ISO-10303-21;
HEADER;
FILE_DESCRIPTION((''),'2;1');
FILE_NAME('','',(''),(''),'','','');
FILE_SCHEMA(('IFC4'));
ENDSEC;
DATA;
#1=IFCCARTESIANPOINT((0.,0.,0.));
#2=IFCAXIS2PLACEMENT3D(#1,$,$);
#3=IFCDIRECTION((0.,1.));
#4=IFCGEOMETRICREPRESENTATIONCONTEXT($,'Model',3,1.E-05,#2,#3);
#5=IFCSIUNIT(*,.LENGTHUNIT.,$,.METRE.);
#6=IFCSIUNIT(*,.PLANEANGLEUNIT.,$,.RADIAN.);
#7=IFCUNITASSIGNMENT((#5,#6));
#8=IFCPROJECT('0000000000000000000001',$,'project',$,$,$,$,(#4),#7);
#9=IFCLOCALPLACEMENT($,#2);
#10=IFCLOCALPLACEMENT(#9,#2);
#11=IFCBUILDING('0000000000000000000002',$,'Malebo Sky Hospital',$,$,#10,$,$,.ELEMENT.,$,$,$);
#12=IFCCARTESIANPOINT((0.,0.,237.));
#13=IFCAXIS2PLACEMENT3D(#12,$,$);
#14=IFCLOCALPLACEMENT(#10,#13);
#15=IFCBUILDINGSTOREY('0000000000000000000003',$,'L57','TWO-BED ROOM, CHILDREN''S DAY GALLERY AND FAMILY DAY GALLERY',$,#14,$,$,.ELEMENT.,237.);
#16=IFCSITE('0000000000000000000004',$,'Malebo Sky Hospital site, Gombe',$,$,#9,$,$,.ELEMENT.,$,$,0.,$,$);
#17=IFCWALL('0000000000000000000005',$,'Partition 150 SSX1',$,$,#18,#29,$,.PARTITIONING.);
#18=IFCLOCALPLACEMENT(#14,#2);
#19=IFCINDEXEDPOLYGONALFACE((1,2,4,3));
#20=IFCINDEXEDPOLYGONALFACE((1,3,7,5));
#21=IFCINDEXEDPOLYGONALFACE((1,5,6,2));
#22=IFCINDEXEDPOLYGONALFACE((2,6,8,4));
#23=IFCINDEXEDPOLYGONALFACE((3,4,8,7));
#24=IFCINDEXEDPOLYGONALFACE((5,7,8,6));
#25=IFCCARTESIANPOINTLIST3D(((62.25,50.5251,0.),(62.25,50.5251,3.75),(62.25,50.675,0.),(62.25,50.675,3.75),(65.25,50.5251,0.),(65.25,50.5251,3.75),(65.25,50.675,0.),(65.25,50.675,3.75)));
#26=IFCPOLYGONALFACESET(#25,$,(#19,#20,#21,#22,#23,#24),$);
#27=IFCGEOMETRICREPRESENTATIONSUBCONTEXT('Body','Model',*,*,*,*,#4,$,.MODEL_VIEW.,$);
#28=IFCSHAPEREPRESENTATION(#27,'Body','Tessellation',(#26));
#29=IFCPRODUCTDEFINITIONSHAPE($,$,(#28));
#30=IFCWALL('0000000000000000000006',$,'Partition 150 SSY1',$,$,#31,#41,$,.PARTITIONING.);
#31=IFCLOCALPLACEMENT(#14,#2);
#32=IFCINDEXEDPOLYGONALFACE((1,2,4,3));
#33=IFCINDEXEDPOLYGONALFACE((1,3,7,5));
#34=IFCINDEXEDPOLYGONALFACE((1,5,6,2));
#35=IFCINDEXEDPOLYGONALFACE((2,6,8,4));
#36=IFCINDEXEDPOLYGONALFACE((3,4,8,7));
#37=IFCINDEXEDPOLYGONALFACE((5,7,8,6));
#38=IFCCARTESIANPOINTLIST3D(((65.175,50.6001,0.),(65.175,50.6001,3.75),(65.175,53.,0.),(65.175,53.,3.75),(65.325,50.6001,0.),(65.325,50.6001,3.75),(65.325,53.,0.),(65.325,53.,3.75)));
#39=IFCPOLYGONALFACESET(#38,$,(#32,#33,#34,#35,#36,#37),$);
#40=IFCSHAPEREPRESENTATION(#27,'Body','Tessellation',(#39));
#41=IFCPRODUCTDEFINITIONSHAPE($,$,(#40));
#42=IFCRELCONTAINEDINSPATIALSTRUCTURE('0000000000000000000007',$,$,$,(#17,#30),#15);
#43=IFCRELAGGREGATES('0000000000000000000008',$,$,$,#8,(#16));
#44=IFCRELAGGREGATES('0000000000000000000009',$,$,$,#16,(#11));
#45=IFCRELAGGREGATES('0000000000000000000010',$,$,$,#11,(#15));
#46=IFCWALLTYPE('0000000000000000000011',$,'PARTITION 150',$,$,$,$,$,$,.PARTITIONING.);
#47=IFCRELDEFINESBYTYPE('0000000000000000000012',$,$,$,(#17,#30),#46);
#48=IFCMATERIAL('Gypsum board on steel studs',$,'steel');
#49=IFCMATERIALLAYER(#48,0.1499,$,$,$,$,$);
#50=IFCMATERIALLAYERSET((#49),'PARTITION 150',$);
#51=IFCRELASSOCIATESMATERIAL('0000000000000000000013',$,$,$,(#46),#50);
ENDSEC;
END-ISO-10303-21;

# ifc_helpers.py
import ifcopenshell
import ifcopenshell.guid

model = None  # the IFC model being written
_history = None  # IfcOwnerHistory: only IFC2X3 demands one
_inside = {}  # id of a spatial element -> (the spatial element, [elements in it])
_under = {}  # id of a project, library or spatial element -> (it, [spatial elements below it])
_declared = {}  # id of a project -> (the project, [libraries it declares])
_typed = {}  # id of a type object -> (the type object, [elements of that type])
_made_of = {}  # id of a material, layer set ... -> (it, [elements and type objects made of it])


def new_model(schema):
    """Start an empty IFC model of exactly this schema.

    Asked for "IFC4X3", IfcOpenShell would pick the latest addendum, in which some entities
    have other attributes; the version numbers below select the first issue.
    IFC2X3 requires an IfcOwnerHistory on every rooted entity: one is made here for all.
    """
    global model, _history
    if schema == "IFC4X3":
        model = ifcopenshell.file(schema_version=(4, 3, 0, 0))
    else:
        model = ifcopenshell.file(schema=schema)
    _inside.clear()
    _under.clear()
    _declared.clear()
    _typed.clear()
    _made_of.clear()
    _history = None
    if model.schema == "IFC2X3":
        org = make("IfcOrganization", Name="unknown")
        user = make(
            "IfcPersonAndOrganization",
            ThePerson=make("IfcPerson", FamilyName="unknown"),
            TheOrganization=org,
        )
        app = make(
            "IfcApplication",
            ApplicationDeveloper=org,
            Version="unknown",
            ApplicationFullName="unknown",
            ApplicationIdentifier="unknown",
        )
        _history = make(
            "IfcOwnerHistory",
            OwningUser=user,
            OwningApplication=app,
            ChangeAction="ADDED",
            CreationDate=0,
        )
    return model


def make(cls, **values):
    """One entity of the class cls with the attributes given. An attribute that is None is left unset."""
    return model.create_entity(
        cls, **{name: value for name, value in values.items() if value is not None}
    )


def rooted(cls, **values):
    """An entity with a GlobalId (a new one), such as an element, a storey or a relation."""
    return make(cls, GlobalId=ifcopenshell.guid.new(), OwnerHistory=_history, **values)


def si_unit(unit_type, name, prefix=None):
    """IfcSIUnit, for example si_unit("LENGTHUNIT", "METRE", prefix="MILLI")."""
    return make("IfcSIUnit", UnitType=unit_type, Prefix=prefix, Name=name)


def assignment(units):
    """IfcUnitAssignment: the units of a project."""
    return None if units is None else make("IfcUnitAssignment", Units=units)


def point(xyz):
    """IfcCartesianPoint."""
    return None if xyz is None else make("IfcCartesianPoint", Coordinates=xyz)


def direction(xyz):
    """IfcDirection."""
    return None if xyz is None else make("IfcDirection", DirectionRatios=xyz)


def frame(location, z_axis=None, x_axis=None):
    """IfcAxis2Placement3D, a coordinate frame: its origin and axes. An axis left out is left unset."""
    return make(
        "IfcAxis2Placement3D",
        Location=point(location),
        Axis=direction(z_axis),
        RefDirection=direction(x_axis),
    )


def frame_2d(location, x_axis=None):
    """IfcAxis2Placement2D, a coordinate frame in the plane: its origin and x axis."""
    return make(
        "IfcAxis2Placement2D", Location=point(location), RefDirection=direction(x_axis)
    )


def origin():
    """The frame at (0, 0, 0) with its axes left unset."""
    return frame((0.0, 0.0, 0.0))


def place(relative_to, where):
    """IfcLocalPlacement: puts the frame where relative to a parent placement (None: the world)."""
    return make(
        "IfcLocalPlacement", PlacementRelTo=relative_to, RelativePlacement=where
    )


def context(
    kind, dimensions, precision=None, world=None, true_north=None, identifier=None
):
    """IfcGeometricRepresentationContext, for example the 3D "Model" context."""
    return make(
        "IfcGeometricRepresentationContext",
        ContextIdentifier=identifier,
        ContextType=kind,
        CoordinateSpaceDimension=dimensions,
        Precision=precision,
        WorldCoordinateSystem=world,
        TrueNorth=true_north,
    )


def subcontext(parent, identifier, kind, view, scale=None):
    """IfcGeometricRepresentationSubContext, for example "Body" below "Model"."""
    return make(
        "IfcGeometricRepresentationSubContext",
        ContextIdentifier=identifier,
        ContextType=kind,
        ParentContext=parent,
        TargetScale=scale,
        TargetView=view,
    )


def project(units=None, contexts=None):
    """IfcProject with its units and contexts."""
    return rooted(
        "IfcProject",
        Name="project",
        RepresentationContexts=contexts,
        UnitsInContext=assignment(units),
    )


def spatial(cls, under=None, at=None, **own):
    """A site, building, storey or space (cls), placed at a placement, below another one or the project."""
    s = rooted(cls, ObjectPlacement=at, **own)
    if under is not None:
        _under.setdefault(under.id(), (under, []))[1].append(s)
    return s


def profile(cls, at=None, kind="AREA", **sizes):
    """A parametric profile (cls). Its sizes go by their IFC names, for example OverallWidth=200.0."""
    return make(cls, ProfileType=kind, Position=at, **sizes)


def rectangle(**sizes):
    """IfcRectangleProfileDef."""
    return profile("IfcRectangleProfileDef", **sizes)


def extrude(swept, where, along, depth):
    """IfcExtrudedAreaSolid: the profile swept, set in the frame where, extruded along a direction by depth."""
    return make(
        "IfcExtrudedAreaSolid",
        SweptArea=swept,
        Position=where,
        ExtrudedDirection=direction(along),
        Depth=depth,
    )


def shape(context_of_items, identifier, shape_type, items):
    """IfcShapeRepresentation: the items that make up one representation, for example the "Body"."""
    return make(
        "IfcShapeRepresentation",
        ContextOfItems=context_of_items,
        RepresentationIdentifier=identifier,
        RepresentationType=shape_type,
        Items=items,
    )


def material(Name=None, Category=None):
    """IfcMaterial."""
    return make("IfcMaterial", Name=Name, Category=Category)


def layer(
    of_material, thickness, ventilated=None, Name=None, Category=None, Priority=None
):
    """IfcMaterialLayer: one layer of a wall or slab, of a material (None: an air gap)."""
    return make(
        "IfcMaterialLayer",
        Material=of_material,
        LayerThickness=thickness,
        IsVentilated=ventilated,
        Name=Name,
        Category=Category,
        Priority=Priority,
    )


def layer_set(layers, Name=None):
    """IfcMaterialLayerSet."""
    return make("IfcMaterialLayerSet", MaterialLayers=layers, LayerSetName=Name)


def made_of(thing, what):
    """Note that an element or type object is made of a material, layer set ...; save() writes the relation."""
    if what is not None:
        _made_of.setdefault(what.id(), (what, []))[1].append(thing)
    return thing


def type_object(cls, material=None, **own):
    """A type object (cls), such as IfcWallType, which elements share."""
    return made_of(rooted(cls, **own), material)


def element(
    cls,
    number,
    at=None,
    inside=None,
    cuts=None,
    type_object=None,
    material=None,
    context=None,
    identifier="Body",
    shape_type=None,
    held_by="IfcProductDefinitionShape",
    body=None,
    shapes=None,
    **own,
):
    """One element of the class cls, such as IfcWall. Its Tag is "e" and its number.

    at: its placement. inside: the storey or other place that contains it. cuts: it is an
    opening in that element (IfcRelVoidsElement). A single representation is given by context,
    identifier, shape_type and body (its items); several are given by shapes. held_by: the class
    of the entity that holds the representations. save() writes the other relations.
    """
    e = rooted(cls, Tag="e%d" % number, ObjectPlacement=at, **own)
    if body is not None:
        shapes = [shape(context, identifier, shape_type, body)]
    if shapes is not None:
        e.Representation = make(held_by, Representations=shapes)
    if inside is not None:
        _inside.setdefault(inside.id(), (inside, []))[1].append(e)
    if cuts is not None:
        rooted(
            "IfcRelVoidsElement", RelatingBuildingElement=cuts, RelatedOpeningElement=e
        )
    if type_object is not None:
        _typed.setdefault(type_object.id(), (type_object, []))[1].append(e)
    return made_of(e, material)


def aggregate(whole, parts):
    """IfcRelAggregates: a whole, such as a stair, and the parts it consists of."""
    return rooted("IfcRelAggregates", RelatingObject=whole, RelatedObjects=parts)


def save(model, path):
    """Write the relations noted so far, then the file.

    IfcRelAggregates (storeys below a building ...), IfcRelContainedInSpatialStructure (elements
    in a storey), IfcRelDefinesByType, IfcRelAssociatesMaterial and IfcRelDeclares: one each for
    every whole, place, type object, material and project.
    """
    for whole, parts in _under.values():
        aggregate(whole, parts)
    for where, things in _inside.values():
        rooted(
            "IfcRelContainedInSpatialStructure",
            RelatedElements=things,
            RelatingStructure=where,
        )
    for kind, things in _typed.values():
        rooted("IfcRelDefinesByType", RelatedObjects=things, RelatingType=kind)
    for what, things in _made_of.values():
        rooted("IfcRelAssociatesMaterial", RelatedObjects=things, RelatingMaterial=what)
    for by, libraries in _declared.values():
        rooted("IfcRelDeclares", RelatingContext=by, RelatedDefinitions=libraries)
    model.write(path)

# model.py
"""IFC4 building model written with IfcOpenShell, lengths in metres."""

from ifc_helpers import new_model, si_unit, direction, frame, frame_2d, origin, place, context, subcontext, project, spatial, rectangle, extrude, material, layer, layer_set, type_object, element, save


model = new_model("IFC4")

# Units and contexts
model_context = context("Model", 3, precision=1e-05, world=origin(), true_north=direction((0.0, 1.0)))
body_context = subcontext(model_context, "Body", "Model", "MODEL_VIEW")
ifc_project = project(units=[si_unit("LENGTHUNIT", "METRE"), si_unit("PLANEANGLEUNIT", "RADIAN")], contexts=[model_context])

# Site, building, storey
site_placement = place(None, origin())
site = spatial("IfcSite", under=ifc_project, at=site_placement, Name="Malebo Sky Hospital site, Gombe", CompositionType="ELEMENT", RefElevation=0.0)
building_placement = place(site_placement, origin())
building = spatial("IfcBuilding", under=site, at=building_placement, Name="Malebo Sky Hospital", CompositionType="ELEMENT")
storey_placement = place(building_placement, frame((0.0, 0.0, 237.0)))
storey = spatial("IfcBuildingStorey", under=building, at=storey_placement, Name="L57", Description="TWO-BED ROOM, CHILDREN'S DAY GALLERY AND FAMILY DAY GALLERY", CompositionType="ELEMENT", Elevation=237.0)

# Shared definitions
ifc_material_1 = material(Name="Gypsum board on steel studs", Category="steel")

# Shared definitions
ifc_layer_1 = layer(ifc_material_1, 0.1499)
ifc_layer_set_1 = layer_set([ifc_layer_1], Name="PARTITION 150")
wall_type_1 = type_object("IfcWallType", Name="PARTITION 150", PredefinedType="PARTITIONING", material=ifc_layer_set_1)

# Walls
wall_1_placement = place(storey_placement, frame((65.25, 50.6001, 0.0), z_axis=(0.0, 0.0, 1.0), x_axis=(-1.0, 0.0, 0.0)))
element("IfcWall", 1, at=wall_1_placement, inside=storey, type_object=wall_type_1, Name="Partition 150 SSX1", PredefinedType="PARTITIONING", context=body_context, shape_type="SweptSolid", body=[
    extrude(rectangle(XDim=3.0, YDim=0.1499, at=frame_2d((1.5, 0.0))), origin(), (0.0, 0.0, 1.0), 3.75),
])
wall_2_placement = place(storey_placement, frame((65.25, 53.0, 0.0), z_axis=(0.0, 0.0, 1.0), x_axis=(0.0, -1.0, 0.0)))
element("IfcWall", 2, at=wall_2_placement, inside=storey, type_object=wall_type_1, Name="Partition 150 SSY1", PredefinedType="PARTITIONING", context=body_context, shape_type="SweptSolid", body=[
    extrude(rectangle(XDim=2.3999, YDim=0.1499, at=frame_2d((1.2, 0.0))), origin(), (0.0, 0.0, 1.0), 3.75),
])

save(model, "model.ifc")
